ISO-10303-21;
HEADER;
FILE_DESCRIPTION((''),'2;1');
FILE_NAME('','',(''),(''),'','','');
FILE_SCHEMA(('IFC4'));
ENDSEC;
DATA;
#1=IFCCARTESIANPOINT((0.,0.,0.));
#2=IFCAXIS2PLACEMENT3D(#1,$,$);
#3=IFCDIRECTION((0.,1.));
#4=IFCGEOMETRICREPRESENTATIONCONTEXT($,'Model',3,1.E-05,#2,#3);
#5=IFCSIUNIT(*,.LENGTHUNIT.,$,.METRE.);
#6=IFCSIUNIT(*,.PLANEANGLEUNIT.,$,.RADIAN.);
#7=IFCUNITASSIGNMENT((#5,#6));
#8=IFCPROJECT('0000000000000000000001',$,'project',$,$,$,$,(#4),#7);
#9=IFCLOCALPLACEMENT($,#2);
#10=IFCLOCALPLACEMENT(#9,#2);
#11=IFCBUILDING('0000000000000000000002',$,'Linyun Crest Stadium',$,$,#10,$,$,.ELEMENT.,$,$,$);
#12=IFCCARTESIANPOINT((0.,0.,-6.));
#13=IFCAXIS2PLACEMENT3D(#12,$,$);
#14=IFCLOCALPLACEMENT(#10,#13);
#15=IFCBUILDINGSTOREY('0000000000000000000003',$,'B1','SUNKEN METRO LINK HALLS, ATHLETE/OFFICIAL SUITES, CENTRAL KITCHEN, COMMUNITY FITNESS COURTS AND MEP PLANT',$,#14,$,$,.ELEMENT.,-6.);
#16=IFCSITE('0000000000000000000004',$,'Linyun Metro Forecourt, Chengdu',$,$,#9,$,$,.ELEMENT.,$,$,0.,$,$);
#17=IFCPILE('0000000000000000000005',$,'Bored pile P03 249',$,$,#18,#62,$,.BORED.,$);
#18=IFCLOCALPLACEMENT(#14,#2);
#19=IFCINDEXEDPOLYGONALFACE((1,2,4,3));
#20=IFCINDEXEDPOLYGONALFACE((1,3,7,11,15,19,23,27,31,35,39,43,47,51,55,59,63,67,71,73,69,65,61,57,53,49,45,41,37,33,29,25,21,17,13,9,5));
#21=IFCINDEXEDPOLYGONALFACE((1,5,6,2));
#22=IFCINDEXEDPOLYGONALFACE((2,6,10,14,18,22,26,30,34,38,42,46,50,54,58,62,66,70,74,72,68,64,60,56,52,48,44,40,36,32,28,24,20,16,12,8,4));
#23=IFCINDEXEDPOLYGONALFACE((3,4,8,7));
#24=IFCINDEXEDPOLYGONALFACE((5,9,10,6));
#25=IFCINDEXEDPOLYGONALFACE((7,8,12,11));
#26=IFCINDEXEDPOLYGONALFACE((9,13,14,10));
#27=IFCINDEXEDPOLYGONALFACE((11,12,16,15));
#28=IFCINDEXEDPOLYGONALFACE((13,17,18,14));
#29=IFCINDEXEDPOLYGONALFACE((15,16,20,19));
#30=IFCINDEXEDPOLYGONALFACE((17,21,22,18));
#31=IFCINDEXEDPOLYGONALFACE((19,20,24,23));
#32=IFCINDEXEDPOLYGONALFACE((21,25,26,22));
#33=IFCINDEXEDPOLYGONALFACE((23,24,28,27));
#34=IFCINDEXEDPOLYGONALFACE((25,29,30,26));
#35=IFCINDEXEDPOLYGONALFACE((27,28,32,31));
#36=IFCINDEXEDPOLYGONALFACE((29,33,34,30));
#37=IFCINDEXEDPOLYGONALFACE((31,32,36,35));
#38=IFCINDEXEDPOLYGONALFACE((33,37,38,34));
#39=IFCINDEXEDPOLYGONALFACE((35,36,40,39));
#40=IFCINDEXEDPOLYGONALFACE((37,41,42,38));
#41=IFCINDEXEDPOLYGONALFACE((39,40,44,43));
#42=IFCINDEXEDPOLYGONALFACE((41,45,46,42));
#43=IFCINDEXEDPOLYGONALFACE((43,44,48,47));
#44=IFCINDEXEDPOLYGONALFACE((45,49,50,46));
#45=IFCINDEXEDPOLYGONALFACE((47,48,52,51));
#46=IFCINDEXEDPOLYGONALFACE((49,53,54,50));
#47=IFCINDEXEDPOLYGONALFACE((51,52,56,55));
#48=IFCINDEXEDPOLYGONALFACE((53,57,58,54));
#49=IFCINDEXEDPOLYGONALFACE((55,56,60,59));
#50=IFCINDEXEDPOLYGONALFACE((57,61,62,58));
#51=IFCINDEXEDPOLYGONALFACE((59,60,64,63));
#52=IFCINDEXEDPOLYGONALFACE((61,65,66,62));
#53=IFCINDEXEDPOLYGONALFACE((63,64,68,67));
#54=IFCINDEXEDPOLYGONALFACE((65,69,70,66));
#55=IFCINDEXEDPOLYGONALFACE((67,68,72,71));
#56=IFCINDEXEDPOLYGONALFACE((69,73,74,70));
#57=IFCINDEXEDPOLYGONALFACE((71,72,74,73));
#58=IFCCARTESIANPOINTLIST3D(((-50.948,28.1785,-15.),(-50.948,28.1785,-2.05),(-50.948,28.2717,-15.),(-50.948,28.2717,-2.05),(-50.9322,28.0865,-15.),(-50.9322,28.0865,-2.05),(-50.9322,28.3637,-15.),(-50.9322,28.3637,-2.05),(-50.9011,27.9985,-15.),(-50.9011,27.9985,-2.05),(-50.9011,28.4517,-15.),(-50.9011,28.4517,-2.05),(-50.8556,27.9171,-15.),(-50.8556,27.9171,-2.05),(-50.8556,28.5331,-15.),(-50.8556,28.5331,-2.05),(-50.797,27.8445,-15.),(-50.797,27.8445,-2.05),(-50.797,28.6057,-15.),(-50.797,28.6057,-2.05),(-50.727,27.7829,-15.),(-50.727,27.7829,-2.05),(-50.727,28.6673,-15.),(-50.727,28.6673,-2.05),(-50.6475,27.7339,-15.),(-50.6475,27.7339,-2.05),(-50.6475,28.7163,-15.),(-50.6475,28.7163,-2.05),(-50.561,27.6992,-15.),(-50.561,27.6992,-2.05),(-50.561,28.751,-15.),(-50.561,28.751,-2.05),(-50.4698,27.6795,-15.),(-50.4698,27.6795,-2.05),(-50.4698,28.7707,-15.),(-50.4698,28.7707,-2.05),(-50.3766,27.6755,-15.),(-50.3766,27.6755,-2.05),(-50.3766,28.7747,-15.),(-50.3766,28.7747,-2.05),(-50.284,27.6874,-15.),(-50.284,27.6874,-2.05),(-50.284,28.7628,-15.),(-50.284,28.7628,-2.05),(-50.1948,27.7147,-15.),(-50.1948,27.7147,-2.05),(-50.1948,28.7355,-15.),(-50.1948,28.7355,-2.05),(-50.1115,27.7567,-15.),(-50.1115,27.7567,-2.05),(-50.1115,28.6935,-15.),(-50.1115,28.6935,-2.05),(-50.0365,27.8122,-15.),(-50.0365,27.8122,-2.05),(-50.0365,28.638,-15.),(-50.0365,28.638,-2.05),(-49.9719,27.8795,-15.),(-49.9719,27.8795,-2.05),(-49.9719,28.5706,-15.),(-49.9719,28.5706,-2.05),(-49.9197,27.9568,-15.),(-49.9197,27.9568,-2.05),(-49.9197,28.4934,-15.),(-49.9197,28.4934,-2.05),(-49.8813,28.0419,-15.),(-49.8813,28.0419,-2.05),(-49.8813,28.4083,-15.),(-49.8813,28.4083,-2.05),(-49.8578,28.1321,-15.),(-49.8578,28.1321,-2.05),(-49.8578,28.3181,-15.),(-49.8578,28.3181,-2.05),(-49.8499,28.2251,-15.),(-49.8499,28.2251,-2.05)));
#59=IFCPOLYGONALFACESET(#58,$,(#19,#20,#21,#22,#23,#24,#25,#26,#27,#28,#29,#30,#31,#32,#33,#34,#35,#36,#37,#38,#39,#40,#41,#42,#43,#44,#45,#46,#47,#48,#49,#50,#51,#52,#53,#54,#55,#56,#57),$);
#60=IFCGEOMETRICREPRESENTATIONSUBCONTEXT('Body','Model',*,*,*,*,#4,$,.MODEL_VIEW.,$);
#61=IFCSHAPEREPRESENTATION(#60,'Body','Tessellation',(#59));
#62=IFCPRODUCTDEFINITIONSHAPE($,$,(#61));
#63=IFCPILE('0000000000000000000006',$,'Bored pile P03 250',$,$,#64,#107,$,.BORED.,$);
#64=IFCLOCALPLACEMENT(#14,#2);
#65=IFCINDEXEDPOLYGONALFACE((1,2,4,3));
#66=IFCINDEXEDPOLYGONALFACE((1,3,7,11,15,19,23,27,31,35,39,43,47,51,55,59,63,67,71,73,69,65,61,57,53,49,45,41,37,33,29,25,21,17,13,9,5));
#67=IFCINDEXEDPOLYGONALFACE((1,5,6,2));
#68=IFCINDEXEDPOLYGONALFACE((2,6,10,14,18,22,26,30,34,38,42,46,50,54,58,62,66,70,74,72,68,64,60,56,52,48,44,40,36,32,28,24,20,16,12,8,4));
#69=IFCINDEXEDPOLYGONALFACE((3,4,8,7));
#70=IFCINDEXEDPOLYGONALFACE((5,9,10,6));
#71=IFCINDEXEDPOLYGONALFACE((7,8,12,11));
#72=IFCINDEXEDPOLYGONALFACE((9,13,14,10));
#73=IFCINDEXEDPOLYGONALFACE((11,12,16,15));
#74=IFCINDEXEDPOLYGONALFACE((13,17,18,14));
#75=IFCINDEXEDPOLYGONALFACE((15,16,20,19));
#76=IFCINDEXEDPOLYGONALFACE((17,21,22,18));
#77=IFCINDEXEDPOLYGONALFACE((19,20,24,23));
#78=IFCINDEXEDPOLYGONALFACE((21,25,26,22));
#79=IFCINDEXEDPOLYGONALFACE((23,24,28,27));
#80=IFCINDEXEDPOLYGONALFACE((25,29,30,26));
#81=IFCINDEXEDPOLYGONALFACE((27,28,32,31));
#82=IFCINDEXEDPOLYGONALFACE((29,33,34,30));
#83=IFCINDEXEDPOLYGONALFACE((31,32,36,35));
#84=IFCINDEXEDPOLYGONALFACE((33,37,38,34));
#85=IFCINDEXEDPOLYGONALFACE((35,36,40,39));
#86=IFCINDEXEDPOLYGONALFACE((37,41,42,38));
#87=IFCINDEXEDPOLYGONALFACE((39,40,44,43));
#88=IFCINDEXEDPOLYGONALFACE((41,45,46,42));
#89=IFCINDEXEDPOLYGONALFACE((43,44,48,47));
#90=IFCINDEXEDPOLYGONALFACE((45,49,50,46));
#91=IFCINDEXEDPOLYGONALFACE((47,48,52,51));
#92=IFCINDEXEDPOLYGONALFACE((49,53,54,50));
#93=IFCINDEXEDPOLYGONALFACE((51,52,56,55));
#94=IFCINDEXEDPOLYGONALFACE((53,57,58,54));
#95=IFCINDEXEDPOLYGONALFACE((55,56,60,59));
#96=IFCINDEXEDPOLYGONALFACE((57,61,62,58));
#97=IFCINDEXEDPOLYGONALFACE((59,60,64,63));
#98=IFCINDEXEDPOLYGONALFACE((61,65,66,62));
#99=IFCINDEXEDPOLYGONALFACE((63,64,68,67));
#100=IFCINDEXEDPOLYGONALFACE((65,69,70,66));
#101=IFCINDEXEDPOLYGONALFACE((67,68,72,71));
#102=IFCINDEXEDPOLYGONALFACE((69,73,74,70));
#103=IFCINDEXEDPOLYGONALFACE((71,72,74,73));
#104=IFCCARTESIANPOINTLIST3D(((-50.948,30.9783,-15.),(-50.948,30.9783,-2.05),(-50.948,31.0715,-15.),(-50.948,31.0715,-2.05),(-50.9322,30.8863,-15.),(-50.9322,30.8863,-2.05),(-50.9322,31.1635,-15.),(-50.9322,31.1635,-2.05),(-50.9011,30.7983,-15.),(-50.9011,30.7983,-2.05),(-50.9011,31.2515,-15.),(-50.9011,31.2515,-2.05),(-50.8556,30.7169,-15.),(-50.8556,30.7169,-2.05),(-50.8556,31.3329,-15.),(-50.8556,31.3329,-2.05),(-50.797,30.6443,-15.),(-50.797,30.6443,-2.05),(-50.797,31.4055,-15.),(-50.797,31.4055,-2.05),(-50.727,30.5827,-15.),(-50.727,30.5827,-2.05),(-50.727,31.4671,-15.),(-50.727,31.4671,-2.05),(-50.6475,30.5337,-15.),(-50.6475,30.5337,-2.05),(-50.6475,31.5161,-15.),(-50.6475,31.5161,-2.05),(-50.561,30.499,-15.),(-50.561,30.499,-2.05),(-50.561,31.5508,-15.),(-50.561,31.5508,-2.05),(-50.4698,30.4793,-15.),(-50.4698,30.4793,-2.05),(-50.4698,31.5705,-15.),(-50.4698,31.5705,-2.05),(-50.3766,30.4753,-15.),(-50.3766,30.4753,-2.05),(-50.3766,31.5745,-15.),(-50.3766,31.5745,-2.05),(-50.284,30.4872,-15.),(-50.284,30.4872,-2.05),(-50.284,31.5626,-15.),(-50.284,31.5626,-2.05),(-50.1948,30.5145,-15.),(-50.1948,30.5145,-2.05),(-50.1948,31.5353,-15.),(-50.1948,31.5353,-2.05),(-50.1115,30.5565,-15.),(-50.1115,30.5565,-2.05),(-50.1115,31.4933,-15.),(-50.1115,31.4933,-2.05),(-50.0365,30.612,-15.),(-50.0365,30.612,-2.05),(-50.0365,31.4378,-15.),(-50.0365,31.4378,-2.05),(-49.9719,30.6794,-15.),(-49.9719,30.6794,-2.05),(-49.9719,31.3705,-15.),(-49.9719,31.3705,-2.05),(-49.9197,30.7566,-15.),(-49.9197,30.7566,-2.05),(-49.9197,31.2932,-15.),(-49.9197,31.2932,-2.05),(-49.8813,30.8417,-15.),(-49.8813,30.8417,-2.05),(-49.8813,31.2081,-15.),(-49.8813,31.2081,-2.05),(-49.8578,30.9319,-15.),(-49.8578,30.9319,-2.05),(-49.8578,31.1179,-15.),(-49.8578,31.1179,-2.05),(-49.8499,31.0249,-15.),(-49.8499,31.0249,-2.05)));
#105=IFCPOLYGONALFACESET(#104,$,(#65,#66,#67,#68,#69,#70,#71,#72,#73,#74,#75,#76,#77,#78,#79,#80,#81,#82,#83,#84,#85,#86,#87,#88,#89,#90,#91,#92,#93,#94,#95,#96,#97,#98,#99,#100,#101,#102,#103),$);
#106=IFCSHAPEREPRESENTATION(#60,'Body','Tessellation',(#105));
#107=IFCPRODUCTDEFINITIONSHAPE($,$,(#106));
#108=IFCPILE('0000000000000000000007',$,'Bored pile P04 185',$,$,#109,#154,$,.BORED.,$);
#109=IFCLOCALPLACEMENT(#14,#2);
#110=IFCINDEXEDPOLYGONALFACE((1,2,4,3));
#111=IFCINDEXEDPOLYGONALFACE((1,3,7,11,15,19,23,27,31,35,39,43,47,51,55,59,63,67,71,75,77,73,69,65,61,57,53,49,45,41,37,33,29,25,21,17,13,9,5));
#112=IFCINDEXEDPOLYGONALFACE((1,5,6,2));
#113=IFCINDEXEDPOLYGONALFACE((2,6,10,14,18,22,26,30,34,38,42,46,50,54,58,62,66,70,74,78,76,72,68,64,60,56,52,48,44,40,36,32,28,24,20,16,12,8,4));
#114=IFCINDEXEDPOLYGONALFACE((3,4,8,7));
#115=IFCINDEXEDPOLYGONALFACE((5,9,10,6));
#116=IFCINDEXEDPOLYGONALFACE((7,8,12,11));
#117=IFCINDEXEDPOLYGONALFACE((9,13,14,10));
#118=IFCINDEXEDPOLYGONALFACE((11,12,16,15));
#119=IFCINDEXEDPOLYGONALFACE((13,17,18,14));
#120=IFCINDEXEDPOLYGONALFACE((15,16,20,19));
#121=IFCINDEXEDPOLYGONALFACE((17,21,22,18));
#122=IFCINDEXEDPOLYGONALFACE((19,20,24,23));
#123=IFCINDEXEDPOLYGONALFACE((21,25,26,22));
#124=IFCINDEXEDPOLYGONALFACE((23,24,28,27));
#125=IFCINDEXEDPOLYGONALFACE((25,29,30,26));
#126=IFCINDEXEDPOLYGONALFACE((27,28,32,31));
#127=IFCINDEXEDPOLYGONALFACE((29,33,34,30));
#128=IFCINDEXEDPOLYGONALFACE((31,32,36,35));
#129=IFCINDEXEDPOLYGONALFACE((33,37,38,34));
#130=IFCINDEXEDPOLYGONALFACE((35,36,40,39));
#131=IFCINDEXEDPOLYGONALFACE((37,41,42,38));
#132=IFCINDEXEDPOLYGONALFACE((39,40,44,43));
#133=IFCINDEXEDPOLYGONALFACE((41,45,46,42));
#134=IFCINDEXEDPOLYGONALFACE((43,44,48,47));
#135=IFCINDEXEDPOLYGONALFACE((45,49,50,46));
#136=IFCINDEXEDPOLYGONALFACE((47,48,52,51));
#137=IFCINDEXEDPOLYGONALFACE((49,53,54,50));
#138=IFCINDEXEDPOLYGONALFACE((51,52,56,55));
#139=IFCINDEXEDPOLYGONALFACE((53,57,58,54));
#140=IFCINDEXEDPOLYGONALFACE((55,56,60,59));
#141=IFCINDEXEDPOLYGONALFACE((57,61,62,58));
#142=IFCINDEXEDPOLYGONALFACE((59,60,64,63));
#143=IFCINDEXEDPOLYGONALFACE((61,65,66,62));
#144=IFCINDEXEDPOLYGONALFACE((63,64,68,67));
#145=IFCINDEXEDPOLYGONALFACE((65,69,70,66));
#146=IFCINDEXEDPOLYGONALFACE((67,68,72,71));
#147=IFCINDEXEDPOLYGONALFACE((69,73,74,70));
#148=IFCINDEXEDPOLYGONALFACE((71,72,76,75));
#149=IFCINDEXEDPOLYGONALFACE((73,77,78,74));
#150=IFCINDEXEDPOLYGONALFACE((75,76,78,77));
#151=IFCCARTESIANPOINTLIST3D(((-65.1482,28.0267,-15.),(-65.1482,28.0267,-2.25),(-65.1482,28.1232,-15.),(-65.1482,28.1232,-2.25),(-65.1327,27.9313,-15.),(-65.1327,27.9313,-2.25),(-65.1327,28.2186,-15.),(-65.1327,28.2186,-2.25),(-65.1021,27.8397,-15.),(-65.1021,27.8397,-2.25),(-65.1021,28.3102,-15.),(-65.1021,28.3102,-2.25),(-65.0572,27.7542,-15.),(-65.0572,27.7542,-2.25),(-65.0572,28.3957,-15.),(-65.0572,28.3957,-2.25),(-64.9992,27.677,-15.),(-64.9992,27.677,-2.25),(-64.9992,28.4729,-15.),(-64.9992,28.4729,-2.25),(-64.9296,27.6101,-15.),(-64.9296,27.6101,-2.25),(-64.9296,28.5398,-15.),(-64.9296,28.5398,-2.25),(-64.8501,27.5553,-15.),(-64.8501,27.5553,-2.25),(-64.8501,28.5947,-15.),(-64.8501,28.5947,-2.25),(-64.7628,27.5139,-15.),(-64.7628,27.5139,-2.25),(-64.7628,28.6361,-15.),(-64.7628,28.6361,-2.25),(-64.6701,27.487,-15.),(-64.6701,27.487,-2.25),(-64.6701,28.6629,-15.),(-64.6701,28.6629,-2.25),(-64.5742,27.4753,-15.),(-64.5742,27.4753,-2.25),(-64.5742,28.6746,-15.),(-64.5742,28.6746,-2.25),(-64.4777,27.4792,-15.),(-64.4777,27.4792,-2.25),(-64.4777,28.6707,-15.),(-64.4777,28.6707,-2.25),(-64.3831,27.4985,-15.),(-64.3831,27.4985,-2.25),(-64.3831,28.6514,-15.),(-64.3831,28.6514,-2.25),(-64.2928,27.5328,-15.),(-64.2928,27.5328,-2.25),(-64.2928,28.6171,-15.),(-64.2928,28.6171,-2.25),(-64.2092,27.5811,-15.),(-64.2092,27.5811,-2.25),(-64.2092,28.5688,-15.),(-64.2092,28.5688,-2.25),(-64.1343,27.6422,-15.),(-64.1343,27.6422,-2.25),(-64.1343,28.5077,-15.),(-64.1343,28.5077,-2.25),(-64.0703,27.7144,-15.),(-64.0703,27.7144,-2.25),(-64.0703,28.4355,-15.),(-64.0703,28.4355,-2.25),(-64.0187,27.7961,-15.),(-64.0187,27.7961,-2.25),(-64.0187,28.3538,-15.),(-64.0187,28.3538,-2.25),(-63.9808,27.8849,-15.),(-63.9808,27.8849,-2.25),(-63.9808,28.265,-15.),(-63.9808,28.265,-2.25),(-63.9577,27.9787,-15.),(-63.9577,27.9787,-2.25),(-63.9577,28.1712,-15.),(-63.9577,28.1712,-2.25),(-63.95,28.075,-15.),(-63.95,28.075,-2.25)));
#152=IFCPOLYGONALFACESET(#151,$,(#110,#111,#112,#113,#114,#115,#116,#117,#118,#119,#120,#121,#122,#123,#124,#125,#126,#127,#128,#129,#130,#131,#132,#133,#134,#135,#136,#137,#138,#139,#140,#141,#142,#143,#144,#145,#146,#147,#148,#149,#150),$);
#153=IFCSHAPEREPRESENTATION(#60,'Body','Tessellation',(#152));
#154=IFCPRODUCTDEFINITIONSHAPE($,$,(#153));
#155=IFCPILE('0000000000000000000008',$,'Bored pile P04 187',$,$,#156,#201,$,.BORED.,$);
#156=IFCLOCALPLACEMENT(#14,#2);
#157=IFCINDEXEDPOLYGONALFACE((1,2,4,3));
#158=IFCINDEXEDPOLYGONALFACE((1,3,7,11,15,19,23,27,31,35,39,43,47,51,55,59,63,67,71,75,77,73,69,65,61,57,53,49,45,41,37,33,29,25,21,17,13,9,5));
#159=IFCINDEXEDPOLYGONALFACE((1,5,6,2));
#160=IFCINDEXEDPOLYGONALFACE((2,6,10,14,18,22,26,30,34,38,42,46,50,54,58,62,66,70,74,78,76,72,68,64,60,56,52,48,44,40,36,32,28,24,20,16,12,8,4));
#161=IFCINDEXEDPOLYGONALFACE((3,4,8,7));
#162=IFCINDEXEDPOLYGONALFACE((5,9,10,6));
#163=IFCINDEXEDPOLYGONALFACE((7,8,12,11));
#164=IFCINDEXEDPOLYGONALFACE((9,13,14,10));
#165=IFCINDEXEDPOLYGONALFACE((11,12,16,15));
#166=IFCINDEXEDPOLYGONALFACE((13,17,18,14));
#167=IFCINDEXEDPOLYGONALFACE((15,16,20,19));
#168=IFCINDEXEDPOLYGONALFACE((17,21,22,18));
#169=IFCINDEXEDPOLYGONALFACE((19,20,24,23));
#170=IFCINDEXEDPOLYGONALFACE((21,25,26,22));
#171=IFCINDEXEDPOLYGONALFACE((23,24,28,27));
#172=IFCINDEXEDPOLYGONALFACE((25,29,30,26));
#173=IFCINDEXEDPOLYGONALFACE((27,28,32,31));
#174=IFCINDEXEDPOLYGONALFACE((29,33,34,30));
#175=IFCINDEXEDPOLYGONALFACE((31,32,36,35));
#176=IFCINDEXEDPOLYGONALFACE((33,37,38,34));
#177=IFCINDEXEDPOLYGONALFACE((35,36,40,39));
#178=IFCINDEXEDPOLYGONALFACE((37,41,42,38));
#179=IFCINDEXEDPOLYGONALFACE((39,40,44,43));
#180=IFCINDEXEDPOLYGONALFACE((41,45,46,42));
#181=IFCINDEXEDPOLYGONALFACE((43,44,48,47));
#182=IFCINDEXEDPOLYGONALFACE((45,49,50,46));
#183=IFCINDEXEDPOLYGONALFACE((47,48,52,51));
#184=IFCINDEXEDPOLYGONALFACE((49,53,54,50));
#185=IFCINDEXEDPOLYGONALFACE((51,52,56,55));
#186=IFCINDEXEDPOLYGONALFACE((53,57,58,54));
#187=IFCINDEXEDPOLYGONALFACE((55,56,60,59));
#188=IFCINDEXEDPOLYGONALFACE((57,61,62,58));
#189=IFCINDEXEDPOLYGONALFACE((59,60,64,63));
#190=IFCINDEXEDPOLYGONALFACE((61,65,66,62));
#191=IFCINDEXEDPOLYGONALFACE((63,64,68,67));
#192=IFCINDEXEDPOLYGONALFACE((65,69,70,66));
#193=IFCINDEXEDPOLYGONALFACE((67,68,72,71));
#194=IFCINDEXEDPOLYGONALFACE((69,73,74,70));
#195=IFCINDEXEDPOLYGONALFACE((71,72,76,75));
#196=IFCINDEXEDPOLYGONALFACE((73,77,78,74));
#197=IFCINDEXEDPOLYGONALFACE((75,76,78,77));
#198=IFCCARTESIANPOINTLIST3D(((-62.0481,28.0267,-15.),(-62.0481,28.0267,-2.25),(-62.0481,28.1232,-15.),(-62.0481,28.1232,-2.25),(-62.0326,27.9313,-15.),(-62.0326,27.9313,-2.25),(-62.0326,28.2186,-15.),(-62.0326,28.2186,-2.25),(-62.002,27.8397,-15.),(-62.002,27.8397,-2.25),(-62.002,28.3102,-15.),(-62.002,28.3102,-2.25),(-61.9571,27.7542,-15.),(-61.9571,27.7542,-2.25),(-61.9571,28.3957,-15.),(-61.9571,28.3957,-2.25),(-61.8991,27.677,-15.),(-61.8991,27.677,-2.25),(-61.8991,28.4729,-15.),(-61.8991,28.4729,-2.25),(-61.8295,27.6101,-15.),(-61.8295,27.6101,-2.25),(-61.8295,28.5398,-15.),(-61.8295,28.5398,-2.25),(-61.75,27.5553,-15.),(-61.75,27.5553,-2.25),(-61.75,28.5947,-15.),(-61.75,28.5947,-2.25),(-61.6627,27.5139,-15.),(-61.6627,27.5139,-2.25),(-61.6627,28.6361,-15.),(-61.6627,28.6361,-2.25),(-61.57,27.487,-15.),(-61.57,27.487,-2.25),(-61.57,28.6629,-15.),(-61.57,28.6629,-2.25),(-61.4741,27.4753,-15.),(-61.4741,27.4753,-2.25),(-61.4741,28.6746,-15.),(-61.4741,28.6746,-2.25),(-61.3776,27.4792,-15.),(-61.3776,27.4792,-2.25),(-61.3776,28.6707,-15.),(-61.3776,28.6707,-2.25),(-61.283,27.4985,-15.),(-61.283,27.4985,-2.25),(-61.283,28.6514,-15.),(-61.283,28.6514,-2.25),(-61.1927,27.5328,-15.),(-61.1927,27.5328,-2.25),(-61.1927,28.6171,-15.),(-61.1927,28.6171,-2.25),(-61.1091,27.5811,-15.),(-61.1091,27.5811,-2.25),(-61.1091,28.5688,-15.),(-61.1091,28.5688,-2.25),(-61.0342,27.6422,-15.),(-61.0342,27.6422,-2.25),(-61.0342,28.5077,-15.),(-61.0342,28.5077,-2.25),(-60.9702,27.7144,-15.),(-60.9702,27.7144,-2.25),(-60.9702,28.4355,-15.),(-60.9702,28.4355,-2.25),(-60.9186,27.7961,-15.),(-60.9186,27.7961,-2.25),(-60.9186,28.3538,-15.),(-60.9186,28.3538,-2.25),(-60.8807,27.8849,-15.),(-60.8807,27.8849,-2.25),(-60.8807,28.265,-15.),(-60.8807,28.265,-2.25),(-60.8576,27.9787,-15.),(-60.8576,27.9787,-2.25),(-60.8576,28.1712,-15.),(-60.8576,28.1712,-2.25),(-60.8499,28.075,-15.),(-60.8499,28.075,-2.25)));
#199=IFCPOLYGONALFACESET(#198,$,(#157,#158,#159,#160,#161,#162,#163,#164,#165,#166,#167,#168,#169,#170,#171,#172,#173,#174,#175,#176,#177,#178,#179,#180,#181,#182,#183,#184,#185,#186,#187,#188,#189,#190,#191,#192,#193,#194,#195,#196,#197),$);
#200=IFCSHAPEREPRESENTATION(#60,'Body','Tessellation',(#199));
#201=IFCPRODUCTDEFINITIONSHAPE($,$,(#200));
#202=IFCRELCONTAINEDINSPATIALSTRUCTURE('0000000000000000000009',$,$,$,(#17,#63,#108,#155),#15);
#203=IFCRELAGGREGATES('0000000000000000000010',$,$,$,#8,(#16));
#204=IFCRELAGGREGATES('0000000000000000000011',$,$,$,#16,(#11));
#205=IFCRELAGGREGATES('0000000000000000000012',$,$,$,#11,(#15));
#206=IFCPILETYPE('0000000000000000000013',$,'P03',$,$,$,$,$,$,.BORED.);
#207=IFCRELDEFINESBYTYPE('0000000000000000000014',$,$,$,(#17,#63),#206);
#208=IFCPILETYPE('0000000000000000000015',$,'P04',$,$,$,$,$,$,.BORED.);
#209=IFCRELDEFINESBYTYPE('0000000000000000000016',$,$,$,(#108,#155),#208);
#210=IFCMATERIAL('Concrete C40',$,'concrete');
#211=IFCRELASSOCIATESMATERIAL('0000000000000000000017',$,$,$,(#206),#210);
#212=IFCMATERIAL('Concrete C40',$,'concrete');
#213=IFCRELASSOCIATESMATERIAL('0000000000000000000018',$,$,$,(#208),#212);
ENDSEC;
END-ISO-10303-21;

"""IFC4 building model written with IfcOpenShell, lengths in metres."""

from ifc_helpers import new_model, si_unit, direction, frame, origin, origin_2d, place, context, subcontext, project, spatial, circle, extrude, material, material_profile, profile_set, type_object, element, save


model = new_model("IFC4")

# Units and contexts
model_context = context("Model", 3, precision=1e-05, world=origin(), true_north=direction((0.0, 1.0)))
body_context = subcontext(model_context, "Body", "Model", "MODEL_VIEW")
ifc_project = project(units=[si_unit("LENGTHUNIT", "METRE"), si_unit("PLANEANGLEUNIT", "RADIAN")], contexts=[model_context])

# Site, building, storey
site_placement = place(None, origin())
site = spatial("IfcSite", under=ifc_project, at=site_placement, Name="Linyun Metro Forecourt, Chengdu", CompositionType="ELEMENT", RefElevation=0.0)
building_placement = place(site_placement, origin())
building = spatial("IfcBuilding", under=site, at=building_placement, Name="Linyun Crest Stadium", CompositionType="ELEMENT")
storey_placement = place(building_placement, frame((0.0, 0.0, -6.0)))
storey = spatial("IfcBuildingStorey", under=building, at=storey_placement, Name="B1", Description="SUNKEN METRO LINK HALLS, ATHLETE/OFFICIAL SUITES, CENTRAL KITCHEN, COMMUNITY FITNESS COURTS AND MEP PLANT", CompositionType="ELEMENT", Elevation=-6.0)

# Piles
ifc_material_1 = material(Name="Concrete C40", Category="concrete")
ifc_material_profile_1 = material_profile(ifc_material_1, circle(Radius=0.55, at=origin_2d()), Name="BORED PILE 1100")
ifc_profile_set_1 = profile_set([ifc_material_profile_1], Name="Concrete C40")
pile_type_1 = type_object("IfcPileType", Name="P03", PredefinedType="BORED", material=ifc_profile_set_1)
for number, where, z_axis, x_axis, name in (
    (1, (-50.3999, 28.2251, -2.05), (0.0, 0.0, -1.0), (1.0, 0.0, 0.0), "Bored pile P03 249"),
    (2, (-50.3999, 31.0249, -2.05), (0.0, 0.0, -1.0), (1.0, 0.0, 0.0), "Bored pile P03 250"),
):
    element("IfcPile", number, at=place(storey_placement, frame(where, z_axis=z_axis, x_axis=x_axis)), inside=storey, type_object=pile_type_1, Name=name, PredefinedType="BORED", context=body_context, shape_type="SweptSolid", body=[
        extrude(circle(Radius=0.55, at=origin_2d()), origin(), (0.0, 0.0, 1.0), 12.95),
    ])
ifc_material_2 = material(Name="Concrete C40", Category="concrete")
ifc_material_profile_2 = material_profile(ifc_material_2, circle(Radius=0.6001, at=origin_2d()), Name="BORED PILE 1200")
ifc_profile_set_2 = profile_set([ifc_material_profile_2], Name="Concrete C40")
pile_type_2 = type_object("IfcPileType", Name="P04", PredefinedType="BORED", material=ifc_profile_set_2)
for number, where, z_axis, x_axis, name in (
    (3, (-64.55, 28.075, -2.25), (0.0, 0.0, -1.0), (1.0, 0.0, 0.0), "Bored pile P04 185"),
    (4, (-61.45, 28.075, -2.25), (0.0, 0.0, -1.0), (1.0, 0.0, 0.0), "Bored pile P04 187"),
):
    element("IfcPile", number, at=place(storey_placement, frame(where, z_axis=z_axis, x_axis=x_axis)), inside=storey, type_object=pile_type_2, Name=name, PredefinedType="BORED", context=body_context, shape_type="SweptSolid", body=[
        extrude(circle(Radius=0.6001, at=origin_2d()), origin(), (0.0, 0.0, 1.0), 12.75),
    ])

save(model, "model.ifc")
